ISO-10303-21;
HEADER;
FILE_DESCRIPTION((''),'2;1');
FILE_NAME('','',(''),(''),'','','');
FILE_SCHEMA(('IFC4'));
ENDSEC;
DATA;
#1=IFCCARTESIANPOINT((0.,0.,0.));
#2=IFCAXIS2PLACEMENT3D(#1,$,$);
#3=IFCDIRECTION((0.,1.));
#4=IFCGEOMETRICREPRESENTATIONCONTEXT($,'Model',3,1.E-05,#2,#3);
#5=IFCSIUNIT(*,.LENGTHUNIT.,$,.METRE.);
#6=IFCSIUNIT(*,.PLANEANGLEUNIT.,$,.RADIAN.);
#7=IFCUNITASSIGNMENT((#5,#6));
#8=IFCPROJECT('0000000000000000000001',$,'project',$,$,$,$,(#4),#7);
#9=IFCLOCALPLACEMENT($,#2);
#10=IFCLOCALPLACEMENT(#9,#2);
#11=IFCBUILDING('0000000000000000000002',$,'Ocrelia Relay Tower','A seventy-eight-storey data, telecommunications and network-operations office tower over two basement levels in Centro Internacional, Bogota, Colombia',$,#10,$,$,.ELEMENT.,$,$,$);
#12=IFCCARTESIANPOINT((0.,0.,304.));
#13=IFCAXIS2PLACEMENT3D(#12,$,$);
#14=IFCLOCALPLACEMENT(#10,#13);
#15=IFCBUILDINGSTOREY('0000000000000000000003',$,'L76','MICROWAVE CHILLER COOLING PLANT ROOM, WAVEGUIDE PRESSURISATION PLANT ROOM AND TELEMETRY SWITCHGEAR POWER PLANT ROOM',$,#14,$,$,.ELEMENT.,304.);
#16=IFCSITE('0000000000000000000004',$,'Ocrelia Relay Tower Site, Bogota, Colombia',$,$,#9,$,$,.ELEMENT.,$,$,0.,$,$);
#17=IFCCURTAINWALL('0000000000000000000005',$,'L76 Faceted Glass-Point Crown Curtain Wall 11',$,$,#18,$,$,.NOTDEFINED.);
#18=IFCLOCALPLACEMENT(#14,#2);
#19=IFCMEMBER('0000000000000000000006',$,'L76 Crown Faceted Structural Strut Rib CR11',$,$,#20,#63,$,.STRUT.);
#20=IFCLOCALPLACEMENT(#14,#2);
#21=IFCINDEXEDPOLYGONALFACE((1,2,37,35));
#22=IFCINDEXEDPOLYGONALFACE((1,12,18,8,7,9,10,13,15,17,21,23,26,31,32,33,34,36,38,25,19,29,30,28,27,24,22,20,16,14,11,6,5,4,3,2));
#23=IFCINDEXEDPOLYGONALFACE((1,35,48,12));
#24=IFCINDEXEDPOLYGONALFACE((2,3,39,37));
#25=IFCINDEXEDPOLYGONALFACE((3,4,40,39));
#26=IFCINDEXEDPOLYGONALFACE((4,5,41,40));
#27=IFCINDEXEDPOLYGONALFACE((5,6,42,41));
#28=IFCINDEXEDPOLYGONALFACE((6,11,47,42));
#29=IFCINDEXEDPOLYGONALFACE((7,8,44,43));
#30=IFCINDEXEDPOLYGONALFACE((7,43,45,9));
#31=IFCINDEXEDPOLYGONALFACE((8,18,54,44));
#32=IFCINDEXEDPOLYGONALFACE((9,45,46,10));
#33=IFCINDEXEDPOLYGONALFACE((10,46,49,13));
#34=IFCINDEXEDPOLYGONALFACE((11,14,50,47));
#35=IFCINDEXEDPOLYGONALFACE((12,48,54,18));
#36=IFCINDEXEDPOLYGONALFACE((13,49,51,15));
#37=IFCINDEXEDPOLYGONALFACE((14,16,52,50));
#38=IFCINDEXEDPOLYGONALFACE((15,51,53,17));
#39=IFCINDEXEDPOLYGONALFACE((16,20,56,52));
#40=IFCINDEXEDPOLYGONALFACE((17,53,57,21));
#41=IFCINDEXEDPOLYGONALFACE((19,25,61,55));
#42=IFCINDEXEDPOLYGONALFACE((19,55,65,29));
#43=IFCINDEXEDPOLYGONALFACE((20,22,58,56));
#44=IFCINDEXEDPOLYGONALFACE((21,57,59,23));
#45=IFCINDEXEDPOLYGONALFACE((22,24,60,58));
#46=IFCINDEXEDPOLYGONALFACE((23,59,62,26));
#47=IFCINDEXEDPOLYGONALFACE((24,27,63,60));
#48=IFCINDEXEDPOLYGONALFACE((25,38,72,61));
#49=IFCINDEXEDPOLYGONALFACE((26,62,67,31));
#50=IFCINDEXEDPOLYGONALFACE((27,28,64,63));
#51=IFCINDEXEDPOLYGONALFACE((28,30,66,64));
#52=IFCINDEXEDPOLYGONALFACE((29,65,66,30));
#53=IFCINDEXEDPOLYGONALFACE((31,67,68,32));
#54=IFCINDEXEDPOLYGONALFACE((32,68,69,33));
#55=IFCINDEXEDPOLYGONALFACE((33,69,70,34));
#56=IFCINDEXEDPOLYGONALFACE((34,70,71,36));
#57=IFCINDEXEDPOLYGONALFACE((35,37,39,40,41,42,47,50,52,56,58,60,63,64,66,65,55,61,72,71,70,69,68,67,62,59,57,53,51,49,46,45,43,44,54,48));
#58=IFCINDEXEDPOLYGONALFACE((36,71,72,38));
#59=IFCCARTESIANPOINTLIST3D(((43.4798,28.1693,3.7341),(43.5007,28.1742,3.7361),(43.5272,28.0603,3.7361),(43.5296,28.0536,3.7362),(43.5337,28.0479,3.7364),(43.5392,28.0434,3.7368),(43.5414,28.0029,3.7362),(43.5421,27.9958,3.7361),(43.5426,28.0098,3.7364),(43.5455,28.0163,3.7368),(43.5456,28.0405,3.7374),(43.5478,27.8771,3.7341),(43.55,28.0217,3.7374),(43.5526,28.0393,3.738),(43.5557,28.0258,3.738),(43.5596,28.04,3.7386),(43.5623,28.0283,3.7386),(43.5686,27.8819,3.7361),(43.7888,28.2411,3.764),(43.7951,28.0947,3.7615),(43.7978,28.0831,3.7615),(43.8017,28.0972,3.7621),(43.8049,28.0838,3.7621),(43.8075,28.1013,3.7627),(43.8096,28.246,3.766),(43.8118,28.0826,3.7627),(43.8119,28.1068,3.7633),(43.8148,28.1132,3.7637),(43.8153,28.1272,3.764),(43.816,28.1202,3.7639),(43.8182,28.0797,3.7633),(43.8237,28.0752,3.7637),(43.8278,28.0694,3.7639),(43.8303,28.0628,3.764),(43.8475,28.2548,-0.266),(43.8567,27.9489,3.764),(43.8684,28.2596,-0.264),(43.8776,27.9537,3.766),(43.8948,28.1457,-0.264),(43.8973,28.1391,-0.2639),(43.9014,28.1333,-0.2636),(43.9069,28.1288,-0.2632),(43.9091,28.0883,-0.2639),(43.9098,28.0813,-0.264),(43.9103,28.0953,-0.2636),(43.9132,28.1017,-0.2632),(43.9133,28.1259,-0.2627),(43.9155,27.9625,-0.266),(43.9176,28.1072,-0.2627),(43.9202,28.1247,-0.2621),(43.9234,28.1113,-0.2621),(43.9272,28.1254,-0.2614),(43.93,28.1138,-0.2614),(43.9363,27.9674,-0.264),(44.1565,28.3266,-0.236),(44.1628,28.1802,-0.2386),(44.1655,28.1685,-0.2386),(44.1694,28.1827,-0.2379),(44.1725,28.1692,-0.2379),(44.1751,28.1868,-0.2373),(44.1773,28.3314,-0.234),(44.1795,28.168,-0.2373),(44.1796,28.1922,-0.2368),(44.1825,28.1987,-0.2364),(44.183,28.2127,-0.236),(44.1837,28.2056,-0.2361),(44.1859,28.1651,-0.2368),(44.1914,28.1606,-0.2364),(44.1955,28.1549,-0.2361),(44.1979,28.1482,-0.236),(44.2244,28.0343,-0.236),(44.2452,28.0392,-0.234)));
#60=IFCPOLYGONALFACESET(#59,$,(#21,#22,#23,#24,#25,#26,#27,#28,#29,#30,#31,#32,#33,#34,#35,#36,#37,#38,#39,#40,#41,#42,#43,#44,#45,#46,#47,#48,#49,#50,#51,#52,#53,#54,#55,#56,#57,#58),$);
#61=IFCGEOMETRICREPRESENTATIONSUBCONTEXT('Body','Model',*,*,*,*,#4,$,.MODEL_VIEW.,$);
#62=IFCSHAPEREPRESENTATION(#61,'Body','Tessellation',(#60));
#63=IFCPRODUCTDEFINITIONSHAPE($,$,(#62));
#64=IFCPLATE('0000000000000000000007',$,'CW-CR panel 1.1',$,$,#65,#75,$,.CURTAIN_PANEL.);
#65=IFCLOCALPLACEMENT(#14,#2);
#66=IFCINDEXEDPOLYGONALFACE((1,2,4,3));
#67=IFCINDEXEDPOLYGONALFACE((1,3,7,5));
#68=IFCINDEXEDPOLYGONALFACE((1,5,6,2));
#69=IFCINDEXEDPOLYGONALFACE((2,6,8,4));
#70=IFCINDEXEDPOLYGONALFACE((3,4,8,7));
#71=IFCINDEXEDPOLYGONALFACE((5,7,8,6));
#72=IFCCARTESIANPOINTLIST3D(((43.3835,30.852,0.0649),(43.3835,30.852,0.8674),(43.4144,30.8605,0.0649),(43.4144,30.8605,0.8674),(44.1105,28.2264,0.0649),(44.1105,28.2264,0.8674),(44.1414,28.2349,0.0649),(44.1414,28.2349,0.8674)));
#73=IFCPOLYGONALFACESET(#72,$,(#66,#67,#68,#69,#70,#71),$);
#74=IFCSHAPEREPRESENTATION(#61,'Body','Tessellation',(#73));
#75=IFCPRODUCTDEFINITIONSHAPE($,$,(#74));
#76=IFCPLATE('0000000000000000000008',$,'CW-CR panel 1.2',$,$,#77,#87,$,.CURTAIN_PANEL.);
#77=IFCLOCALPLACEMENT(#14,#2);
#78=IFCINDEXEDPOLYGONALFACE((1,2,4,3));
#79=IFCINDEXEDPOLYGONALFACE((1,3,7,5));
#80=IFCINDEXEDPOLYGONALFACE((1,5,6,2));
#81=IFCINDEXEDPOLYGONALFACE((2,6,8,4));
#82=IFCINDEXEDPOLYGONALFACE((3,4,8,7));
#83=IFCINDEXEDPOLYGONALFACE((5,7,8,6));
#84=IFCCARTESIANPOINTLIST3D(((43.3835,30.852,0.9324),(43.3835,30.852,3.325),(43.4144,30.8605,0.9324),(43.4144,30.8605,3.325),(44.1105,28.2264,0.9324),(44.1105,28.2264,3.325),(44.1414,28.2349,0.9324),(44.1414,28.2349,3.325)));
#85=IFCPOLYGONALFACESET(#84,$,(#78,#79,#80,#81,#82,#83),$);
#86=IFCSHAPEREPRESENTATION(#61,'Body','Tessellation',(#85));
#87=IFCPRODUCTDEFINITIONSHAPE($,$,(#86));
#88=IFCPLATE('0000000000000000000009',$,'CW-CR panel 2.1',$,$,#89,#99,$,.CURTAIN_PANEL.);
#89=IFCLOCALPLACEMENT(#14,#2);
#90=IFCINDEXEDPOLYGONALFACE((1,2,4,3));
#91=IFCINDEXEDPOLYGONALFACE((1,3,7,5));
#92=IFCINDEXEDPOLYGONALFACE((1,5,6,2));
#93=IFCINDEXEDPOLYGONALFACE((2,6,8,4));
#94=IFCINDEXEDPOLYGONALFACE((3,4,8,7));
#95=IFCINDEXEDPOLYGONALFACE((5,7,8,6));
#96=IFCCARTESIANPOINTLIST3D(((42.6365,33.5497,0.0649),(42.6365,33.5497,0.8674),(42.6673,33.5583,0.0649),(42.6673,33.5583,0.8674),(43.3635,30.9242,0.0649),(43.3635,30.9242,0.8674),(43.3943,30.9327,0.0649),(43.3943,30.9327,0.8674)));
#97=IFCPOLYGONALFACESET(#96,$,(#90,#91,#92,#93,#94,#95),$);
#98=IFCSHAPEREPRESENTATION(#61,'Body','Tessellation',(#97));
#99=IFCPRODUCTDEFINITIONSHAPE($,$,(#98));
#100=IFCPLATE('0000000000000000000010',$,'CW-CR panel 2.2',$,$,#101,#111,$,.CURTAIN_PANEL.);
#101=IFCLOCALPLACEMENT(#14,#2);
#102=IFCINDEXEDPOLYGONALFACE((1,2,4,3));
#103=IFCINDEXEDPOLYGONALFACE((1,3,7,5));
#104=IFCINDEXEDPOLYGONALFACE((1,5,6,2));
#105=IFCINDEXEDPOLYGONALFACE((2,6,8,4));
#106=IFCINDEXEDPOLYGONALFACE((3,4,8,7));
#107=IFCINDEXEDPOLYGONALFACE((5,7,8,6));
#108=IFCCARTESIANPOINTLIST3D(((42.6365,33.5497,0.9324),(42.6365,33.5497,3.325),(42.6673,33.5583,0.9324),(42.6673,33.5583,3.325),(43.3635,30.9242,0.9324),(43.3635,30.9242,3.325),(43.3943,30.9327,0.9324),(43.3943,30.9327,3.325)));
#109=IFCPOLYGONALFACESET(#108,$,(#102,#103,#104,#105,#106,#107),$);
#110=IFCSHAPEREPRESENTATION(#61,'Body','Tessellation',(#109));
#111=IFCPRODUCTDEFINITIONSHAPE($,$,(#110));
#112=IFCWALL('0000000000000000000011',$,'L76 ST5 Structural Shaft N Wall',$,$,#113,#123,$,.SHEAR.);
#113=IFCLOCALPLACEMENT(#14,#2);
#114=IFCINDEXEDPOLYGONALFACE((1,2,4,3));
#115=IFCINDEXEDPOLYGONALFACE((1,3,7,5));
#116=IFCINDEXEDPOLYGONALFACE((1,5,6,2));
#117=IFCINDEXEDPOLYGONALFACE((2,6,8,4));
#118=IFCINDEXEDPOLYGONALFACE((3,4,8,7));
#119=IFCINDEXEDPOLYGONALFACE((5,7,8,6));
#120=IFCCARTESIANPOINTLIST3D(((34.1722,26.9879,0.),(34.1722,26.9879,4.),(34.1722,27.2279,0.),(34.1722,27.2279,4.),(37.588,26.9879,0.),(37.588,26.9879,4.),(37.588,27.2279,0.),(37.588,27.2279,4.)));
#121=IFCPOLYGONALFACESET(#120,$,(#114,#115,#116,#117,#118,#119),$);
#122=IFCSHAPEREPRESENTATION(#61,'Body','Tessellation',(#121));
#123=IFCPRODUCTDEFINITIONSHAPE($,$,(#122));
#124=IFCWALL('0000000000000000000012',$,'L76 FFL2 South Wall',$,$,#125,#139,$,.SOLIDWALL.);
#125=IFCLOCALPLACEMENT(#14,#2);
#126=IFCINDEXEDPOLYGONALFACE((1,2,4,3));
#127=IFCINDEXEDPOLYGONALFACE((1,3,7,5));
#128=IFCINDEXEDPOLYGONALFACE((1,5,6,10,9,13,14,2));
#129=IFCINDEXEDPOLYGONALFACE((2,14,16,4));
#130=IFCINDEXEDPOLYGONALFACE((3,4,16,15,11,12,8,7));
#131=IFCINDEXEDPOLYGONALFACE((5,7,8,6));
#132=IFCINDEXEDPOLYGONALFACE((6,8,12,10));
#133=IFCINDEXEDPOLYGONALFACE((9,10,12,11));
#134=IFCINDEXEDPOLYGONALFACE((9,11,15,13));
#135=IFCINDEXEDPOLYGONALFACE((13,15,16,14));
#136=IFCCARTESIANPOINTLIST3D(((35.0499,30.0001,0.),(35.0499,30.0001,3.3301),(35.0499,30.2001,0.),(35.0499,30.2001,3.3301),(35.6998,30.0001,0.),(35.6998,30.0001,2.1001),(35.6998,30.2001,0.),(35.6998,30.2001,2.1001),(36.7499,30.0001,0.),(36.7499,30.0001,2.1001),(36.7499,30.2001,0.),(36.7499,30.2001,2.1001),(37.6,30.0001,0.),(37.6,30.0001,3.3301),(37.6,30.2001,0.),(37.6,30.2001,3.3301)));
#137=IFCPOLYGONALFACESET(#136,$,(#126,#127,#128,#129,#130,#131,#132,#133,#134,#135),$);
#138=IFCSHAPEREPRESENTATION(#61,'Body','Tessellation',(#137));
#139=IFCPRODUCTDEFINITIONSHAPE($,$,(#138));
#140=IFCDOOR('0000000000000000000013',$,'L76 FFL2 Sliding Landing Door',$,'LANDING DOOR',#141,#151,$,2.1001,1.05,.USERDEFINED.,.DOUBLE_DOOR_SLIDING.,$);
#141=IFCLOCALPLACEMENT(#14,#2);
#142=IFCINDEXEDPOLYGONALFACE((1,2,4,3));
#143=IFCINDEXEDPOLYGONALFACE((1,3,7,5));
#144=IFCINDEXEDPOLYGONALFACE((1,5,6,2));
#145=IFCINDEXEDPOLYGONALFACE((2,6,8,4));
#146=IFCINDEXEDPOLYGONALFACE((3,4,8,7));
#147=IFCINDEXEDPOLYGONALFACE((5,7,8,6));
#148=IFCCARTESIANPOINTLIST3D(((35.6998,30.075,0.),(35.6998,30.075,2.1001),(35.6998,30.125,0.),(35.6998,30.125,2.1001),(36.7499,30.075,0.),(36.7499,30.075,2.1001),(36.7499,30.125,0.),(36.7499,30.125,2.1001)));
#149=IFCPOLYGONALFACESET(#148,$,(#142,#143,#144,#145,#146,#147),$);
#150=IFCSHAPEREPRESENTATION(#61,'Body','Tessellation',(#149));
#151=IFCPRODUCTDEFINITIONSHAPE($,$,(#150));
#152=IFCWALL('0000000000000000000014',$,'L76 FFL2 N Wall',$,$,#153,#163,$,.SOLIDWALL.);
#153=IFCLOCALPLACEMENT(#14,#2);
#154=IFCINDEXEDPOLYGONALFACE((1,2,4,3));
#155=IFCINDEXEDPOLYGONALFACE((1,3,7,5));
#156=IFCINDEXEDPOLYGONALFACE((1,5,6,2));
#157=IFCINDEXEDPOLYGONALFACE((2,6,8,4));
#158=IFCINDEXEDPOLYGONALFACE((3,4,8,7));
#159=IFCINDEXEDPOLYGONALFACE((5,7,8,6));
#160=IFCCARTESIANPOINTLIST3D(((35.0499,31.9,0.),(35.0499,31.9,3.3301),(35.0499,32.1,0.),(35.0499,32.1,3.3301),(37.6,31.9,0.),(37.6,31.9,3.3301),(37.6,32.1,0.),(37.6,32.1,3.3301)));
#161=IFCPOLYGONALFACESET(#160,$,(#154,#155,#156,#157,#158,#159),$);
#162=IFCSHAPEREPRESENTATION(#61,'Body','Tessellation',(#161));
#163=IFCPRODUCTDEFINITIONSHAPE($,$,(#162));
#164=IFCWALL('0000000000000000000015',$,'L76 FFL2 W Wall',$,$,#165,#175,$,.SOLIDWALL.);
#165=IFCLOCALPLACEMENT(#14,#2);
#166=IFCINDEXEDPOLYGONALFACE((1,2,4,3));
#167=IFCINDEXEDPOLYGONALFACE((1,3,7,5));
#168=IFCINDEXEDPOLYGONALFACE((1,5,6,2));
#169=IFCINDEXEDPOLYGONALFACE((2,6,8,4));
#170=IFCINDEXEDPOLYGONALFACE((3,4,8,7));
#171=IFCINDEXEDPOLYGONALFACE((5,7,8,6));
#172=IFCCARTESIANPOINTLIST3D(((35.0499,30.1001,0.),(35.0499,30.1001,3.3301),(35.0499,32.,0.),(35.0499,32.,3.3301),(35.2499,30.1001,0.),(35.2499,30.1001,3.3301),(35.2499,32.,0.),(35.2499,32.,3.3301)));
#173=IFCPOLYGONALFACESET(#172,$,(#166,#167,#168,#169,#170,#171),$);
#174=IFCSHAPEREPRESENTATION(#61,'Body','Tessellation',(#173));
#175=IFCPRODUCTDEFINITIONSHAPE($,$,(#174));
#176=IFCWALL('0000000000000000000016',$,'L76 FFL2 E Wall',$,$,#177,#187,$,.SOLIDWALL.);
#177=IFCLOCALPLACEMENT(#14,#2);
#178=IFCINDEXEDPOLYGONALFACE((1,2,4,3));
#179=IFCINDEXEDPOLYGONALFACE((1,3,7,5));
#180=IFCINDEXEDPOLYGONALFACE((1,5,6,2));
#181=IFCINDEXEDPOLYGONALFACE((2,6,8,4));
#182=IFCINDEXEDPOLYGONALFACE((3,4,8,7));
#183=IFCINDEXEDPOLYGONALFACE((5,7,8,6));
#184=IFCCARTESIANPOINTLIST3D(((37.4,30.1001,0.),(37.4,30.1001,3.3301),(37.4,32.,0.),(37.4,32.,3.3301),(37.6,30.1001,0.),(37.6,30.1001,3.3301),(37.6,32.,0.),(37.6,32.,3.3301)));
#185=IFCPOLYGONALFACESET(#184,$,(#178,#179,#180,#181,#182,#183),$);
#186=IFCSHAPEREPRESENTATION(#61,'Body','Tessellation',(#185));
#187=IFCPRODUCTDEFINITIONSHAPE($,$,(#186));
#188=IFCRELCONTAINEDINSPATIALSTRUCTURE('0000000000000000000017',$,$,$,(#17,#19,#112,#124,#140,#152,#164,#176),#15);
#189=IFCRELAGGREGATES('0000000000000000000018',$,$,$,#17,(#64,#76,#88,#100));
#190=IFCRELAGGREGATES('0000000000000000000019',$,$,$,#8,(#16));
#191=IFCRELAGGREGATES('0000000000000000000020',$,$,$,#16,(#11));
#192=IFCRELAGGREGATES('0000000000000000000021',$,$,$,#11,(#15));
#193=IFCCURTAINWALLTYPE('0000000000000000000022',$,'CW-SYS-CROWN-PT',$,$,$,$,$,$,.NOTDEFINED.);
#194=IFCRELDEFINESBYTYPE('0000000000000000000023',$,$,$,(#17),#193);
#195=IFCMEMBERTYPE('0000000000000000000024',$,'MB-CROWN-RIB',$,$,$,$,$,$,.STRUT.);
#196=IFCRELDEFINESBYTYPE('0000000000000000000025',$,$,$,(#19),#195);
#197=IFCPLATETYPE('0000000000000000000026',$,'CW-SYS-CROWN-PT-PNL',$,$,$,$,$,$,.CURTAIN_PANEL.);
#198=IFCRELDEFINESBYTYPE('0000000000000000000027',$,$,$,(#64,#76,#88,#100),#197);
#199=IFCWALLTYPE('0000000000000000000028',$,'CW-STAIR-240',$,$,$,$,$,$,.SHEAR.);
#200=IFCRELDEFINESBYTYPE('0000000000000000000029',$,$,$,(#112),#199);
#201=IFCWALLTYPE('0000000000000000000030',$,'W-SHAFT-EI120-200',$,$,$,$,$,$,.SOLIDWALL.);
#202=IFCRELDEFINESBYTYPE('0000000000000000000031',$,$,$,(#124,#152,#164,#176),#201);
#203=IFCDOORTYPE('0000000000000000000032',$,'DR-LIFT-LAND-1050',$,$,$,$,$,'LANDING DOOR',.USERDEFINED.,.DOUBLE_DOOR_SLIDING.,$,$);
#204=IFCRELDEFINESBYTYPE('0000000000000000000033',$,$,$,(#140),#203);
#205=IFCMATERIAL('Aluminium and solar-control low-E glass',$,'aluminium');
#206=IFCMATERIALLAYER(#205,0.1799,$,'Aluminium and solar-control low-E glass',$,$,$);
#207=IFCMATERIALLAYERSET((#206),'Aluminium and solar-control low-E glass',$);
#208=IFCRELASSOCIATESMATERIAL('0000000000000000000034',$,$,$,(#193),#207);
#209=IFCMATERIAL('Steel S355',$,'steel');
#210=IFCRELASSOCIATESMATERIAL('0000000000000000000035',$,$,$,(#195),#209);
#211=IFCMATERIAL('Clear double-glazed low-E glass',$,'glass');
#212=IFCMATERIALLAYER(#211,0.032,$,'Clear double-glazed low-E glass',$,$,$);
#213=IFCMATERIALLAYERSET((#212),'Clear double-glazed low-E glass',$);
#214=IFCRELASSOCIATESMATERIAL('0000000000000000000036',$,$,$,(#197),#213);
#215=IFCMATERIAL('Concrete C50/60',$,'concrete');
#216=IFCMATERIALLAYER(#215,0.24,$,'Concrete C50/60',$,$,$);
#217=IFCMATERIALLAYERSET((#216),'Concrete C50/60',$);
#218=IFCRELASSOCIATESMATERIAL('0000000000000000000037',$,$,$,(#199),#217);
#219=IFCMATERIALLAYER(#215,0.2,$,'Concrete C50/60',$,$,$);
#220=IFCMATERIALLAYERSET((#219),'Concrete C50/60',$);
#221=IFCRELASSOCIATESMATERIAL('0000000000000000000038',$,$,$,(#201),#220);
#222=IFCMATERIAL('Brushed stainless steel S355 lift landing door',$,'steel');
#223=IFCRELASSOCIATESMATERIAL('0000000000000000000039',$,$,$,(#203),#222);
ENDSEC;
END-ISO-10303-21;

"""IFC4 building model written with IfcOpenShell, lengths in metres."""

from ifc_helpers import new_model, si_unit, direction, frame, frame_2d, origin, origin_2d, place, context, subcontext, project, spatial, rectangle, i_section, extrude, material, layer, layer_set, material_profile, profile_set, type_object, element, fill, aggregate, save


model = new_model("IFC4")

# Units and contexts
model_context = context("Model", 3, precision=1e-05, world=origin(), true_north=direction((0.0, 1.0)))
body_context = subcontext(model_context, "Body", "Model", "MODEL_VIEW")
ifc_project = project(units=[si_unit("LENGTHUNIT", "METRE"), si_unit("PLANEANGLEUNIT", "RADIAN")], contexts=[model_context])

# Site, building, storey
site_placement = place(None, origin())
site = spatial("IfcSite", under=ifc_project, at=site_placement, Name="Ocrelia Relay Tower Site, Bogota, Colombia", CompositionType="ELEMENT", RefElevation=0.0)
building_placement = place(site_placement, origin())
building = spatial("IfcBuilding", under=site, at=building_placement, Name="Ocrelia Relay Tower", Description="A seventy-eight-storey data, telecommunications and network-operations office tower over two basement levels in Centro Internacional, Bogota, Colombia", CompositionType="ELEMENT")
storey_placement = place(building_placement, frame((0.0, 0.0, 304.0)))
storey = spatial("IfcBuildingStorey", under=building, at=storey_placement, Name="L76", Description="MICROWAVE CHILLER COOLING PLANT ROOM, WAVEGUIDE PRESSURISATION PLANT ROOM AND TELEMETRY SWITCHGEAR POWER PLANT ROOM", CompositionType="ELEMENT", Elevation=304.0)

# Shared definitions
ifc_material_1 = material(Name="Concrete C50/60", Category="concrete")

# Shared definitions
ifc_material_2 = material(Name="Steel S355", Category="steel")

# Curtain wall
ifc_material_3 = material(Name="Aluminium and solar-control low-E glass", Category="aluminium")
ifc_layer_1 = layer(ifc_material_3, 0.1799, Name="Aluminium and solar-control low-E glass")
ifc_layer_set_1 = layer_set([ifc_layer_1], Name="Aluminium and solar-control low-E glass")
curtain_wall_type = type_object("IfcCurtainWallType", Name="CW-SYS-CROWN-PT", PredefinedType="NOTDEFINED", material=ifc_layer_set_1)
curtain_wall_placement = place(storey_placement, origin())
curtain_wall = element("IfcCurtainWall", 1, at=curtain_wall_placement, inside=storey, type_object=curtain_wall_type, Name="L76 Faceted Glass-Point Crown Curtain Wall 11", PredefinedType="NOTDEFINED")

# Member
ifc_material_profile_1 = material_profile(ifc_material_2, i_section(OverallWidth=0.3, OverallDepth=0.3401, WebThickness=0.012, FlangeThickness=0.0215, FilletRadius=0.0271, at=origin_2d()), Name="HEB 340")
ifc_profile_set_1 = profile_set([ifc_material_profile_1], Name="Steel S355")
member_type_1 = type_object("IfcMemberType", Name="MB-CROWN-RIB", PredefinedType="STRUT", material=ifc_profile_set_1)
member_1_placement = place(storey_placement, frame((44.0464, 28.147, -0.25), z_axis=(-0.091512, -0.021268, 0.995577), x_axis=(0.226371, -0.974041, 0.0)))
element("IfcMember", 2, at=member_1_placement, inside=storey, type_object=member_type_1, Name="L76 Crown Faceted Structural Strut Rib CR11", PredefinedType="STRUT", context=body_context, shape_type="SweptSolid", body=[
    extrude(i_section(OverallWidth=0.3, OverallDepth=0.3401, WebThickness=0.012, FlangeThickness=0.0215, FilletRadius=0.0271, at=origin_2d()), origin(), (0.0, 0.0, 1.0), 4.0178),
])

# Plates
ifc_material_4 = material(Name="Clear double-glazed low-E glass", Category="glass")
ifc_layer_2 = layer(ifc_material_4, 0.032, Name="Clear double-glazed low-E glass")
ifc_layer_set_2 = layer_set([ifc_layer_2], Name="Clear double-glazed low-E glass")
plate_type = type_object("IfcPlateType", Name="CW-SYS-CROWN-PT-PNL", PredefinedType="CURTAIN_PANEL", material=ifc_layer_set_2)
plate_1_placement = place(storey_placement, frame((43.7625, 29.5435, 0.0649), z_axis=(0.0, 0.0, 1.0), x_axis=(-0.266853, 0.963737, 0.0)))
plate_1 = element("IfcPlate", 3, at=plate_1_placement, type_object=plate_type, Name="CW-CR panel 1.1", PredefinedType="CURTAIN_PANEL", context=body_context, shape_type="SweptSolid", body=[
    extrude(rectangle(XDim=2.7244, YDim=0.032, at=origin_2d()), origin(), (0.0, 0.0, 1.0), 0.8025),
])
plate_2_placement = place(storey_placement, frame((43.7625, 29.5435, 0.9324), z_axis=(0.0, 0.0, 1.0), x_axis=(-0.266853, 0.963737, 0.0)))
plate_2 = element("IfcPlate", 4, at=plate_2_placement, type_object=plate_type, Name="CW-CR panel 1.2", PredefinedType="CURTAIN_PANEL", context=body_context, shape_type="SweptSolid", body=[
    extrude(rectangle(XDim=2.7244, YDim=0.032, at=origin_2d()), origin(), (0.0, 0.0, 1.0), 2.3926),
])
plate_3_placement = place(storey_placement, frame((43.0154, 32.2412, 0.0649), z_axis=(0.0, 0.0, 1.0), x_axis=(-0.266853, 0.963737, 0.0)))
plate_3 = element("IfcPlate", 5, at=plate_3_placement, type_object=plate_type, Name="CW-CR panel 2.1", PredefinedType="CURTAIN_PANEL", context=body_context, shape_type="SweptSolid", body=[
    extrude(rectangle(XDim=2.7244, YDim=0.032, at=origin_2d()), origin(), (0.0, 0.0, 1.0), 0.8025),
])
plate_4_placement = place(storey_placement, frame((43.0154, 32.2412, 0.9324), z_axis=(0.0, 0.0, 1.0), x_axis=(-0.266853, 0.963737, 0.0)))
plate_4 = element("IfcPlate", 6, at=plate_4_placement, type_object=plate_type, Name="CW-CR panel 2.2", PredefinedType="CURTAIN_PANEL", context=body_context, shape_type="SweptSolid", body=[
    extrude(rectangle(XDim=2.7244, YDim=0.032, at=origin_2d()), origin(), (0.0, 0.0, 1.0), 2.3926),
])
aggregate(curtain_wall, [plate_1, plate_2, plate_3, plate_4])

# Wall
ifc_layer_3 = layer(ifc_material_1, 0.24, Name="Concrete C50/60")
ifc_layer_set_3 = layer_set([ifc_layer_3], Name="Concrete C50/60")
wall_type_1 = type_object("IfcWallType", Name="CW-STAIR-240", PredefinedType="SHEAR", material=ifc_layer_set_3)
wall_1_placement = place(storey_placement, frame((34.1721, 27.1079, 0.0), z_axis=(0.0, 0.0, 1.0), x_axis=(1.0, 0.0, 0.0)))
element("IfcWall", 7, at=wall_1_placement, inside=storey, type_object=wall_type_1, Name="L76 ST5 Structural Shaft N Wall", PredefinedType="SHEAR", context=body_context, shape_type="SweptSolid", body=[
    extrude(rectangle(XDim=3.4158, YDim=0.24, at=frame_2d((1.708, 0.0))), origin(), (0.0, 0.0, 1.0), 4.0),
])

# Wall, opening, door
ifc_layer_4 = layer(ifc_material_1, 0.2, Name="Concrete C50/60")
ifc_layer_set_4 = layer_set([ifc_layer_4], Name="Concrete C50/60")
wall_type_2 = type_object("IfcWallType", Name="W-SHAFT-EI120-200", PredefinedType="SOLIDWALL", material=ifc_layer_set_4)
wall_2_placement = place(storey_placement, frame((35.05, 30.1001, 0.0), z_axis=(0.0, 0.0, 1.0), x_axis=(1.0, 0.0, 0.0)))
wall_2 = element("IfcWall", 8, at=wall_2_placement, inside=storey, type_object=wall_type_2, Name="L76 FFL2 South Wall", PredefinedType="SOLIDWALL", context=body_context, shape_type="SweptSolid", body=[
    extrude(rectangle(XDim=2.55, YDim=0.2, at=frame_2d((1.2749, 0.0))), origin(), (0.0, 0.0, 1.0), 3.3301),
])
opening_placement = place(wall_2_placement, frame((0.6499, 0.0, 0.0)))
opening = element("IfcOpeningElement", 9, at=opening_placement, cuts=wall_2, PredefinedType="OPENING", context=body_context, shape_type="SweptSolid", body=[
    extrude(rectangle(XDim=1.05, YDim=2.1001, at=frame_2d((0.5249, 1.05))), frame((0.0, 0.1099, 0.0), z_axis=(0.0, -1.0, 0.0), x_axis=(1.0, 0.0, 0.0)), (0.0, 0.0, 1.0), 0.22),
])
ifc_material_5 = material(Name="Brushed stainless steel S355 lift landing door", Category="steel")
door_type = type_object("IfcDoorType", Name="DR-LIFT-LAND-1050", ElementType="LANDING DOOR", OperationType="DOUBLE_DOOR_SLIDING", PredefinedType="USERDEFINED", material=ifc_material_5)
door_placement = place(opening_placement, origin())
door = element("IfcDoor", 10, at=door_placement, inside=storey, type_object=door_type, Name="L76 FFL2 Sliding Landing Door", ObjectType="LANDING DOOR", OperationType="DOUBLE_DOOR_SLIDING", OverallHeight=2.1001, OverallWidth=1.05, PredefinedType="USERDEFINED", context=body_context, shape_type="SweptSolid", body=[
    extrude(rectangle(XDim=1.05, YDim=2.1001, at=frame_2d((0.5249, 1.05))), frame((0.0, 0.0249, 0.0), z_axis=(0.0, -1.0, 0.0), x_axis=(1.0, 0.0, 0.0)), (0.0, 0.0, 1.0), 0.05),
])
fill(opening, door)

# Walls
wall_3_placement = place(storey_placement, frame((35.05, 32.0, 0.0), z_axis=(0.0, 0.0, 1.0), x_axis=(1.0, 0.0, 0.0)))
element("IfcWall", 11, at=wall_3_placement, inside=storey, type_object=wall_type_2, Name="L76 FFL2 N Wall", PredefinedType="SOLIDWALL", context=body_context, shape_type="SweptSolid", body=[
    extrude(rectangle(XDim=2.55, YDim=0.2, at=frame_2d((1.2749, 0.0))), origin(), (0.0, 0.0, 1.0), 3.3301),
])
for number, where, z_axis, x_axis, name in (
    (12, (35.1499, 30.1001, 0.0), (0.0, 0.0, 1.0), (0.0, 1.0, 0.0), "L76 FFL2 W Wall"),
    (13, (37.5, 30.1001, 0.0), (0.0, 0.0, 1.0), (0.0, 1.0, 0.0), "L76 FFL2 E Wall"),
):
    element("IfcWall", number, at=place(storey_placement, frame(where, z_axis=z_axis, x_axis=x_axis)), inside=storey, type_object=wall_type_2, Name=name, PredefinedType="SOLIDWALL", context=body_context, shape_type="SweptSolid", body=[
        extrude(rectangle(XDim=1.8999, YDim=0.2, at=frame_2d((0.95, 0.0))), origin(), (0.0, 0.0, 1.0), 3.3301),
    ])

save(model, "model.ifc")
